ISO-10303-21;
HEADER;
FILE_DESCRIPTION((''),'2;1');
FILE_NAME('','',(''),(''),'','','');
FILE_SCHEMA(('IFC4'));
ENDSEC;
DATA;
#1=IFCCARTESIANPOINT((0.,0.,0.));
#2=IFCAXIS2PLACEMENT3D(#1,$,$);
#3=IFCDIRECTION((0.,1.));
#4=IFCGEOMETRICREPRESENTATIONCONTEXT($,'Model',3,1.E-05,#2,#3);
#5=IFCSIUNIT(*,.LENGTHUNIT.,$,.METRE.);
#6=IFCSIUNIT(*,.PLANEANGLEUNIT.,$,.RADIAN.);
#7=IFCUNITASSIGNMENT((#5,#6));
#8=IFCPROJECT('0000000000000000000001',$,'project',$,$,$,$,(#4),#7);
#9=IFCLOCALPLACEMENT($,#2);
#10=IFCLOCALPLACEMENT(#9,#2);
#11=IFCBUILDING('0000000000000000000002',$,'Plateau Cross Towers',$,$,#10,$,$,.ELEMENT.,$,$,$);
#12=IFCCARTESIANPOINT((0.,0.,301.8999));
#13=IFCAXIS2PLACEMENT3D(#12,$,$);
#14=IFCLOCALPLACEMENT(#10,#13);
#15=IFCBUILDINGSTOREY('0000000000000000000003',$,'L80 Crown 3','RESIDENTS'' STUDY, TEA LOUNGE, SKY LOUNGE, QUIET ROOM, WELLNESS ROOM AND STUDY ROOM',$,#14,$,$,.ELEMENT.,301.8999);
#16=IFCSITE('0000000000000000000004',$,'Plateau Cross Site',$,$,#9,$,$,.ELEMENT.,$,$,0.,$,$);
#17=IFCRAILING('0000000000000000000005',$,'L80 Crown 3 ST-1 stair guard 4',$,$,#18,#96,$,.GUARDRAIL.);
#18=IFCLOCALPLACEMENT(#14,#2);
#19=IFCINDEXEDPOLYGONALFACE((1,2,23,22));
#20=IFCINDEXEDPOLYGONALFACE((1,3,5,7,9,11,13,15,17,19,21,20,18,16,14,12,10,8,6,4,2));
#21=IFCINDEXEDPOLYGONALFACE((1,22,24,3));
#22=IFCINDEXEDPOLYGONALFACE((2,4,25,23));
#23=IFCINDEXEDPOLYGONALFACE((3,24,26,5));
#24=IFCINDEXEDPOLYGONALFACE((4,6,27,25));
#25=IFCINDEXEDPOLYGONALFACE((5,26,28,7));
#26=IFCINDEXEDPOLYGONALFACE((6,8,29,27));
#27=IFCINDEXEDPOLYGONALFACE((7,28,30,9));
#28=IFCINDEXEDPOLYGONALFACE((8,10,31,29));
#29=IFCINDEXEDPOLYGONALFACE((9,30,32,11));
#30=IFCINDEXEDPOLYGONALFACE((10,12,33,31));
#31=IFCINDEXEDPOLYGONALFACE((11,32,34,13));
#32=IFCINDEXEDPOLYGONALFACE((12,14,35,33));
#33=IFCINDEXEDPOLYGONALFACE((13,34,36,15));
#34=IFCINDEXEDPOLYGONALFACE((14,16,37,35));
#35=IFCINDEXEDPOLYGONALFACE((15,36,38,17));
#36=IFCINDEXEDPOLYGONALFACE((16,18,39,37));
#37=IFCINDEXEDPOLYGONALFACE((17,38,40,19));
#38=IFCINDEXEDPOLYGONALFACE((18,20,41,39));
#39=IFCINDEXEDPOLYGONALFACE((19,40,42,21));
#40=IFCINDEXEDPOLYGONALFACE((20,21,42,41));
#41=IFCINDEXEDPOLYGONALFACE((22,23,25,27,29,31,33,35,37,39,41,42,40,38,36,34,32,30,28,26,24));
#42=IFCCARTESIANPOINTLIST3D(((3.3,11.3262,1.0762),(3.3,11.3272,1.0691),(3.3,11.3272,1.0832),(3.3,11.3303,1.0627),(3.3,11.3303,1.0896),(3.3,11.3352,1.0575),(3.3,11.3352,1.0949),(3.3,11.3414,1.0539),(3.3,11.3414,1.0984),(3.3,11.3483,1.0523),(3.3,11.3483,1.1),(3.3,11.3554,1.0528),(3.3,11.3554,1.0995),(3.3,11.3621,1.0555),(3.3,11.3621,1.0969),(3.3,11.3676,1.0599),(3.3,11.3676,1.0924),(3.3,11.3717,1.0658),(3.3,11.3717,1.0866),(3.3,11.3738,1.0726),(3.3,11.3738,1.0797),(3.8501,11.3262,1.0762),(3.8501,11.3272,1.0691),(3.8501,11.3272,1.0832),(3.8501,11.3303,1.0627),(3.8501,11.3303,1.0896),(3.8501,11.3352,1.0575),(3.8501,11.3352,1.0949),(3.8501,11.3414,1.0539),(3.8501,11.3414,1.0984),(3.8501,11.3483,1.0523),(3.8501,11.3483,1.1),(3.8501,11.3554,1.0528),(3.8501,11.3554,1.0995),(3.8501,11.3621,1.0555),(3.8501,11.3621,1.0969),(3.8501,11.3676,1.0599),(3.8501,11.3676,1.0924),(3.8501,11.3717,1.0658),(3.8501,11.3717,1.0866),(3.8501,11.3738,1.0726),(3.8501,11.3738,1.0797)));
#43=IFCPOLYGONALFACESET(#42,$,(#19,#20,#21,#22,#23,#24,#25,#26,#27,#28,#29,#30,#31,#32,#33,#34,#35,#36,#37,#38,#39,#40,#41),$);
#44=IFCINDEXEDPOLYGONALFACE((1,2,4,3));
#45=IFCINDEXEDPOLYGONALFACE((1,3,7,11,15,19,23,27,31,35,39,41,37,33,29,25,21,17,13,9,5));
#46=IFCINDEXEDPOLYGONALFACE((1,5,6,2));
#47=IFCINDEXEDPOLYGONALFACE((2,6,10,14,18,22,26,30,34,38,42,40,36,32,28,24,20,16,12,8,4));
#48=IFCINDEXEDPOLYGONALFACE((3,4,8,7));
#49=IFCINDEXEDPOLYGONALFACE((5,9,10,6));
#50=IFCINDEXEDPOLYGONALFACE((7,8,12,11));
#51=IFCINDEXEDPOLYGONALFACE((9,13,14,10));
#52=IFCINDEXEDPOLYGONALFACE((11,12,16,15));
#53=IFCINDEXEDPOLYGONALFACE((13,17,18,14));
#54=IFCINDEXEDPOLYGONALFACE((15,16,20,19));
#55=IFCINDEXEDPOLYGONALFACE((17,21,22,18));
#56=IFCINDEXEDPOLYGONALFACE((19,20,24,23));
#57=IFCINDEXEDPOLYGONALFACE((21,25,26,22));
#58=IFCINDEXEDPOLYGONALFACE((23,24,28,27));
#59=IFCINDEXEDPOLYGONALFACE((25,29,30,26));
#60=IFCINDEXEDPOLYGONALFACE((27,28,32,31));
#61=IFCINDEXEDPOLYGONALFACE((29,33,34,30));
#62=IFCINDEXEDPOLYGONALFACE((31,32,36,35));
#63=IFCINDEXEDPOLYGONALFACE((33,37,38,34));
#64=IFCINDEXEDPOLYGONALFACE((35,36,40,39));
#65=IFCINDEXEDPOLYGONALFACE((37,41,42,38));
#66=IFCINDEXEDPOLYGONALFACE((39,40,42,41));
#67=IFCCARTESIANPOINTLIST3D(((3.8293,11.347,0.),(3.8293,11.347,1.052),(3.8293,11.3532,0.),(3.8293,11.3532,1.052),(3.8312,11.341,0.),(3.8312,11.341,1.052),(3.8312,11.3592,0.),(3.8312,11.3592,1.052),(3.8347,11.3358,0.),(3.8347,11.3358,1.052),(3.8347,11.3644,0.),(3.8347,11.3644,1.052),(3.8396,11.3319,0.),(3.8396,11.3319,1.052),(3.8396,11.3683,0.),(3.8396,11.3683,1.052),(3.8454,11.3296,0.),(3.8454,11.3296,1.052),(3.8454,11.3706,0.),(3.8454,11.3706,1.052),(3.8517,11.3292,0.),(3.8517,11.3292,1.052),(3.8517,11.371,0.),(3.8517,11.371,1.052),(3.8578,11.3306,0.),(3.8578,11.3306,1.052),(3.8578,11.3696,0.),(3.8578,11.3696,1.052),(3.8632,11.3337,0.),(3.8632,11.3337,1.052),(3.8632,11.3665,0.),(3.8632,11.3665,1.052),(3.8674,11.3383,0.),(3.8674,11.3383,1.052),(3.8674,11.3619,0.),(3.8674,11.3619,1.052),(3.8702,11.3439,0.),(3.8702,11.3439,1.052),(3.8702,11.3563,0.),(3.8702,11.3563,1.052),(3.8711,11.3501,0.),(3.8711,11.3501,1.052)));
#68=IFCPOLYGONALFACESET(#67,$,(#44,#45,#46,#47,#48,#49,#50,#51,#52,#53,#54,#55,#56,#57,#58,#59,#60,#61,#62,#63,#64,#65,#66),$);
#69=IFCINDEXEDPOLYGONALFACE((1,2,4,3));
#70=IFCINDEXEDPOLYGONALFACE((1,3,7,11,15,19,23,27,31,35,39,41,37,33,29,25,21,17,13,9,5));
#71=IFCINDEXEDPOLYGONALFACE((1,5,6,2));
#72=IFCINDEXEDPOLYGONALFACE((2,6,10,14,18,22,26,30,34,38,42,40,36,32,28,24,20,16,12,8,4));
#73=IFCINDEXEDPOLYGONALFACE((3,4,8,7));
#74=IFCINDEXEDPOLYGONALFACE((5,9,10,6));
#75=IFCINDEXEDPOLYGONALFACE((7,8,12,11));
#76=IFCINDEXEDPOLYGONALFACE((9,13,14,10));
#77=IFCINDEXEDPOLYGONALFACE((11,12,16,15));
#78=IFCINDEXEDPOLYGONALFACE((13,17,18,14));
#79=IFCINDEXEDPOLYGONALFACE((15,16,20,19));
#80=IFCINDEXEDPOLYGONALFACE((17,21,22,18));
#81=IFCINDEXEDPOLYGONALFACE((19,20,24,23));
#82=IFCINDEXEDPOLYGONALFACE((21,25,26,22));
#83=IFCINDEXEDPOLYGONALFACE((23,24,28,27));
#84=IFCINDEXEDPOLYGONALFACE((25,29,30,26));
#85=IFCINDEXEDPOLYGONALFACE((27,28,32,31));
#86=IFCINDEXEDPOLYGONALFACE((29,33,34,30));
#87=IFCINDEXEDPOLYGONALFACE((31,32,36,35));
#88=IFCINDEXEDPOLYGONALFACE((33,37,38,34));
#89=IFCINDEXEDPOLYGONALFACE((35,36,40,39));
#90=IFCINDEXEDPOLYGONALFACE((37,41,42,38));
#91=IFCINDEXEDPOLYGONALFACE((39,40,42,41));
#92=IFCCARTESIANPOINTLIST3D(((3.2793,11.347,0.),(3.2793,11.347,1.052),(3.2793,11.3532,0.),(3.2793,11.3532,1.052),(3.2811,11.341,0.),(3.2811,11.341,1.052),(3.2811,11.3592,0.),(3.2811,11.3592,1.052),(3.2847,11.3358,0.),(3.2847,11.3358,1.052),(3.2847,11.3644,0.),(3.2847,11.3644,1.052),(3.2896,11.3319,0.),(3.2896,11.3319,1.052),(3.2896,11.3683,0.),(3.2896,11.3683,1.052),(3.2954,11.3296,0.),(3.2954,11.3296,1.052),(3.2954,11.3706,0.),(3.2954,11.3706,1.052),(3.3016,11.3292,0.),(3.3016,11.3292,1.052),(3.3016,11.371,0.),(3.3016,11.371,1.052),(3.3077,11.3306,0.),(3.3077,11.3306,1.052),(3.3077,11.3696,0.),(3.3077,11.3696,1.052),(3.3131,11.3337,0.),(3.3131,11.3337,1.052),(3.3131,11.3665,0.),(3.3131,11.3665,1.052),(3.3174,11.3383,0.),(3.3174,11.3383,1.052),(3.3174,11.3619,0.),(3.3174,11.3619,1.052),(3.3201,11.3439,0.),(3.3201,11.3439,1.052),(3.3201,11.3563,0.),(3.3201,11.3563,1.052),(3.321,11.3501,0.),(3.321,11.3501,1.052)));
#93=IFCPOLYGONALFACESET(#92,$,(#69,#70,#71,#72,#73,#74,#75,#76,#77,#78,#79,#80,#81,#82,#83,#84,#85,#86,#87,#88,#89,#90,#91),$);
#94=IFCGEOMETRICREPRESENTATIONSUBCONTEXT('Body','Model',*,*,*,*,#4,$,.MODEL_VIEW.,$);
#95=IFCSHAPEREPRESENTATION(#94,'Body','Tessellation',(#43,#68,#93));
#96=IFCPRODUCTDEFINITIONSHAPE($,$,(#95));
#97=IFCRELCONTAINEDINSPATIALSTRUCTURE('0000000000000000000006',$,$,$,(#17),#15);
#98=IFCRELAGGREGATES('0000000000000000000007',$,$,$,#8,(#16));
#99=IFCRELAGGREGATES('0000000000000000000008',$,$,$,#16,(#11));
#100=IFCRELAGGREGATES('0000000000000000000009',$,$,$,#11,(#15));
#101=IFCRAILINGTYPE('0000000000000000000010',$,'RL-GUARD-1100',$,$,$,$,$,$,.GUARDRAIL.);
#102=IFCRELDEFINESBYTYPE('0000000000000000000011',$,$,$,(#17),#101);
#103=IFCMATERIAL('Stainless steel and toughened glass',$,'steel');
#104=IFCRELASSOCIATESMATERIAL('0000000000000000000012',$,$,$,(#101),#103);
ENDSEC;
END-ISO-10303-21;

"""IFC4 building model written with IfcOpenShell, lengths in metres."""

from ifc_helpers import new_model, si_unit, direction, frame, origin, origin_2d, place, context, subcontext, project, spatial, circle, extrude, material, type_object, element, save


model = new_model("IFC4")

# Units and contexts
model_context = context("Model", 3, precision=1e-05, world=origin(), true_north=direction((0.0, 1.0)))
body_context = subcontext(model_context, "Body", "Model", "MODEL_VIEW")
ifc_project = project(units=[si_unit("LENGTHUNIT", "METRE"), si_unit("PLANEANGLEUNIT", "RADIAN")], contexts=[model_context])

# Site, building, storey
site_placement = place(None, origin())
site = spatial("IfcSite", under=ifc_project, at=site_placement, Name="Plateau Cross Site", CompositionType="ELEMENT", RefElevation=0.0)
building_placement = place(site_placement, origin())
building = spatial("IfcBuilding", under=site, at=building_placement, Name="Plateau Cross Towers", CompositionType="ELEMENT")
storey_placement = place(building_placement, frame((0.0, 0.0, 301.8999)))
storey = spatial("IfcBuildingStorey", under=building, at=storey_placement, Name="L80 Crown 3", Description="RESIDENTS' STUDY, TEA LOUNGE, SKY LOUNGE, QUIET ROOM, WELLNESS ROOM AND STUDY ROOM", CompositionType="ELEMENT", Elevation=301.8999)

# Railing
ifc_material_1 = material(Name="Stainless steel and toughened glass", Category="steel")
railing_type_1 = type_object("IfcRailingType", Name="RL-GUARD-1100", PredefinedType="GUARDRAIL", material=ifc_material_1)
railing_1_placement = place(storey_placement, frame((3.8501, 11.3501, 0.0)))
element("IfcRailing", 1, at=railing_1_placement, inside=storey, type_object=railing_type_1, Name="L80 Crown 3 ST-1 stair guard 4", PredefinedType="GUARDRAIL", context=body_context, shape_type="SweptSolid", body=[
    extrude(circle(Radius=0.0239, at=origin_2d()), frame((0.0, 0.0, 1.0762), z_axis=(-1.0, 0.0, 0.0), x_axis=(0.0, -1.0, 0.0)), (0.0, 0.0, 1.0), 0.55),
    extrude(circle(Radius=0.021, at=origin_2d()), origin(), (0.0, 0.0, 1.0), 1.052),
    extrude(circle(Radius=0.021, at=origin_2d()), frame((-0.55, 0.0, 0.0)), (0.0, 0.0, 1.0), 1.052),
])

save(model, "model.ifc")
